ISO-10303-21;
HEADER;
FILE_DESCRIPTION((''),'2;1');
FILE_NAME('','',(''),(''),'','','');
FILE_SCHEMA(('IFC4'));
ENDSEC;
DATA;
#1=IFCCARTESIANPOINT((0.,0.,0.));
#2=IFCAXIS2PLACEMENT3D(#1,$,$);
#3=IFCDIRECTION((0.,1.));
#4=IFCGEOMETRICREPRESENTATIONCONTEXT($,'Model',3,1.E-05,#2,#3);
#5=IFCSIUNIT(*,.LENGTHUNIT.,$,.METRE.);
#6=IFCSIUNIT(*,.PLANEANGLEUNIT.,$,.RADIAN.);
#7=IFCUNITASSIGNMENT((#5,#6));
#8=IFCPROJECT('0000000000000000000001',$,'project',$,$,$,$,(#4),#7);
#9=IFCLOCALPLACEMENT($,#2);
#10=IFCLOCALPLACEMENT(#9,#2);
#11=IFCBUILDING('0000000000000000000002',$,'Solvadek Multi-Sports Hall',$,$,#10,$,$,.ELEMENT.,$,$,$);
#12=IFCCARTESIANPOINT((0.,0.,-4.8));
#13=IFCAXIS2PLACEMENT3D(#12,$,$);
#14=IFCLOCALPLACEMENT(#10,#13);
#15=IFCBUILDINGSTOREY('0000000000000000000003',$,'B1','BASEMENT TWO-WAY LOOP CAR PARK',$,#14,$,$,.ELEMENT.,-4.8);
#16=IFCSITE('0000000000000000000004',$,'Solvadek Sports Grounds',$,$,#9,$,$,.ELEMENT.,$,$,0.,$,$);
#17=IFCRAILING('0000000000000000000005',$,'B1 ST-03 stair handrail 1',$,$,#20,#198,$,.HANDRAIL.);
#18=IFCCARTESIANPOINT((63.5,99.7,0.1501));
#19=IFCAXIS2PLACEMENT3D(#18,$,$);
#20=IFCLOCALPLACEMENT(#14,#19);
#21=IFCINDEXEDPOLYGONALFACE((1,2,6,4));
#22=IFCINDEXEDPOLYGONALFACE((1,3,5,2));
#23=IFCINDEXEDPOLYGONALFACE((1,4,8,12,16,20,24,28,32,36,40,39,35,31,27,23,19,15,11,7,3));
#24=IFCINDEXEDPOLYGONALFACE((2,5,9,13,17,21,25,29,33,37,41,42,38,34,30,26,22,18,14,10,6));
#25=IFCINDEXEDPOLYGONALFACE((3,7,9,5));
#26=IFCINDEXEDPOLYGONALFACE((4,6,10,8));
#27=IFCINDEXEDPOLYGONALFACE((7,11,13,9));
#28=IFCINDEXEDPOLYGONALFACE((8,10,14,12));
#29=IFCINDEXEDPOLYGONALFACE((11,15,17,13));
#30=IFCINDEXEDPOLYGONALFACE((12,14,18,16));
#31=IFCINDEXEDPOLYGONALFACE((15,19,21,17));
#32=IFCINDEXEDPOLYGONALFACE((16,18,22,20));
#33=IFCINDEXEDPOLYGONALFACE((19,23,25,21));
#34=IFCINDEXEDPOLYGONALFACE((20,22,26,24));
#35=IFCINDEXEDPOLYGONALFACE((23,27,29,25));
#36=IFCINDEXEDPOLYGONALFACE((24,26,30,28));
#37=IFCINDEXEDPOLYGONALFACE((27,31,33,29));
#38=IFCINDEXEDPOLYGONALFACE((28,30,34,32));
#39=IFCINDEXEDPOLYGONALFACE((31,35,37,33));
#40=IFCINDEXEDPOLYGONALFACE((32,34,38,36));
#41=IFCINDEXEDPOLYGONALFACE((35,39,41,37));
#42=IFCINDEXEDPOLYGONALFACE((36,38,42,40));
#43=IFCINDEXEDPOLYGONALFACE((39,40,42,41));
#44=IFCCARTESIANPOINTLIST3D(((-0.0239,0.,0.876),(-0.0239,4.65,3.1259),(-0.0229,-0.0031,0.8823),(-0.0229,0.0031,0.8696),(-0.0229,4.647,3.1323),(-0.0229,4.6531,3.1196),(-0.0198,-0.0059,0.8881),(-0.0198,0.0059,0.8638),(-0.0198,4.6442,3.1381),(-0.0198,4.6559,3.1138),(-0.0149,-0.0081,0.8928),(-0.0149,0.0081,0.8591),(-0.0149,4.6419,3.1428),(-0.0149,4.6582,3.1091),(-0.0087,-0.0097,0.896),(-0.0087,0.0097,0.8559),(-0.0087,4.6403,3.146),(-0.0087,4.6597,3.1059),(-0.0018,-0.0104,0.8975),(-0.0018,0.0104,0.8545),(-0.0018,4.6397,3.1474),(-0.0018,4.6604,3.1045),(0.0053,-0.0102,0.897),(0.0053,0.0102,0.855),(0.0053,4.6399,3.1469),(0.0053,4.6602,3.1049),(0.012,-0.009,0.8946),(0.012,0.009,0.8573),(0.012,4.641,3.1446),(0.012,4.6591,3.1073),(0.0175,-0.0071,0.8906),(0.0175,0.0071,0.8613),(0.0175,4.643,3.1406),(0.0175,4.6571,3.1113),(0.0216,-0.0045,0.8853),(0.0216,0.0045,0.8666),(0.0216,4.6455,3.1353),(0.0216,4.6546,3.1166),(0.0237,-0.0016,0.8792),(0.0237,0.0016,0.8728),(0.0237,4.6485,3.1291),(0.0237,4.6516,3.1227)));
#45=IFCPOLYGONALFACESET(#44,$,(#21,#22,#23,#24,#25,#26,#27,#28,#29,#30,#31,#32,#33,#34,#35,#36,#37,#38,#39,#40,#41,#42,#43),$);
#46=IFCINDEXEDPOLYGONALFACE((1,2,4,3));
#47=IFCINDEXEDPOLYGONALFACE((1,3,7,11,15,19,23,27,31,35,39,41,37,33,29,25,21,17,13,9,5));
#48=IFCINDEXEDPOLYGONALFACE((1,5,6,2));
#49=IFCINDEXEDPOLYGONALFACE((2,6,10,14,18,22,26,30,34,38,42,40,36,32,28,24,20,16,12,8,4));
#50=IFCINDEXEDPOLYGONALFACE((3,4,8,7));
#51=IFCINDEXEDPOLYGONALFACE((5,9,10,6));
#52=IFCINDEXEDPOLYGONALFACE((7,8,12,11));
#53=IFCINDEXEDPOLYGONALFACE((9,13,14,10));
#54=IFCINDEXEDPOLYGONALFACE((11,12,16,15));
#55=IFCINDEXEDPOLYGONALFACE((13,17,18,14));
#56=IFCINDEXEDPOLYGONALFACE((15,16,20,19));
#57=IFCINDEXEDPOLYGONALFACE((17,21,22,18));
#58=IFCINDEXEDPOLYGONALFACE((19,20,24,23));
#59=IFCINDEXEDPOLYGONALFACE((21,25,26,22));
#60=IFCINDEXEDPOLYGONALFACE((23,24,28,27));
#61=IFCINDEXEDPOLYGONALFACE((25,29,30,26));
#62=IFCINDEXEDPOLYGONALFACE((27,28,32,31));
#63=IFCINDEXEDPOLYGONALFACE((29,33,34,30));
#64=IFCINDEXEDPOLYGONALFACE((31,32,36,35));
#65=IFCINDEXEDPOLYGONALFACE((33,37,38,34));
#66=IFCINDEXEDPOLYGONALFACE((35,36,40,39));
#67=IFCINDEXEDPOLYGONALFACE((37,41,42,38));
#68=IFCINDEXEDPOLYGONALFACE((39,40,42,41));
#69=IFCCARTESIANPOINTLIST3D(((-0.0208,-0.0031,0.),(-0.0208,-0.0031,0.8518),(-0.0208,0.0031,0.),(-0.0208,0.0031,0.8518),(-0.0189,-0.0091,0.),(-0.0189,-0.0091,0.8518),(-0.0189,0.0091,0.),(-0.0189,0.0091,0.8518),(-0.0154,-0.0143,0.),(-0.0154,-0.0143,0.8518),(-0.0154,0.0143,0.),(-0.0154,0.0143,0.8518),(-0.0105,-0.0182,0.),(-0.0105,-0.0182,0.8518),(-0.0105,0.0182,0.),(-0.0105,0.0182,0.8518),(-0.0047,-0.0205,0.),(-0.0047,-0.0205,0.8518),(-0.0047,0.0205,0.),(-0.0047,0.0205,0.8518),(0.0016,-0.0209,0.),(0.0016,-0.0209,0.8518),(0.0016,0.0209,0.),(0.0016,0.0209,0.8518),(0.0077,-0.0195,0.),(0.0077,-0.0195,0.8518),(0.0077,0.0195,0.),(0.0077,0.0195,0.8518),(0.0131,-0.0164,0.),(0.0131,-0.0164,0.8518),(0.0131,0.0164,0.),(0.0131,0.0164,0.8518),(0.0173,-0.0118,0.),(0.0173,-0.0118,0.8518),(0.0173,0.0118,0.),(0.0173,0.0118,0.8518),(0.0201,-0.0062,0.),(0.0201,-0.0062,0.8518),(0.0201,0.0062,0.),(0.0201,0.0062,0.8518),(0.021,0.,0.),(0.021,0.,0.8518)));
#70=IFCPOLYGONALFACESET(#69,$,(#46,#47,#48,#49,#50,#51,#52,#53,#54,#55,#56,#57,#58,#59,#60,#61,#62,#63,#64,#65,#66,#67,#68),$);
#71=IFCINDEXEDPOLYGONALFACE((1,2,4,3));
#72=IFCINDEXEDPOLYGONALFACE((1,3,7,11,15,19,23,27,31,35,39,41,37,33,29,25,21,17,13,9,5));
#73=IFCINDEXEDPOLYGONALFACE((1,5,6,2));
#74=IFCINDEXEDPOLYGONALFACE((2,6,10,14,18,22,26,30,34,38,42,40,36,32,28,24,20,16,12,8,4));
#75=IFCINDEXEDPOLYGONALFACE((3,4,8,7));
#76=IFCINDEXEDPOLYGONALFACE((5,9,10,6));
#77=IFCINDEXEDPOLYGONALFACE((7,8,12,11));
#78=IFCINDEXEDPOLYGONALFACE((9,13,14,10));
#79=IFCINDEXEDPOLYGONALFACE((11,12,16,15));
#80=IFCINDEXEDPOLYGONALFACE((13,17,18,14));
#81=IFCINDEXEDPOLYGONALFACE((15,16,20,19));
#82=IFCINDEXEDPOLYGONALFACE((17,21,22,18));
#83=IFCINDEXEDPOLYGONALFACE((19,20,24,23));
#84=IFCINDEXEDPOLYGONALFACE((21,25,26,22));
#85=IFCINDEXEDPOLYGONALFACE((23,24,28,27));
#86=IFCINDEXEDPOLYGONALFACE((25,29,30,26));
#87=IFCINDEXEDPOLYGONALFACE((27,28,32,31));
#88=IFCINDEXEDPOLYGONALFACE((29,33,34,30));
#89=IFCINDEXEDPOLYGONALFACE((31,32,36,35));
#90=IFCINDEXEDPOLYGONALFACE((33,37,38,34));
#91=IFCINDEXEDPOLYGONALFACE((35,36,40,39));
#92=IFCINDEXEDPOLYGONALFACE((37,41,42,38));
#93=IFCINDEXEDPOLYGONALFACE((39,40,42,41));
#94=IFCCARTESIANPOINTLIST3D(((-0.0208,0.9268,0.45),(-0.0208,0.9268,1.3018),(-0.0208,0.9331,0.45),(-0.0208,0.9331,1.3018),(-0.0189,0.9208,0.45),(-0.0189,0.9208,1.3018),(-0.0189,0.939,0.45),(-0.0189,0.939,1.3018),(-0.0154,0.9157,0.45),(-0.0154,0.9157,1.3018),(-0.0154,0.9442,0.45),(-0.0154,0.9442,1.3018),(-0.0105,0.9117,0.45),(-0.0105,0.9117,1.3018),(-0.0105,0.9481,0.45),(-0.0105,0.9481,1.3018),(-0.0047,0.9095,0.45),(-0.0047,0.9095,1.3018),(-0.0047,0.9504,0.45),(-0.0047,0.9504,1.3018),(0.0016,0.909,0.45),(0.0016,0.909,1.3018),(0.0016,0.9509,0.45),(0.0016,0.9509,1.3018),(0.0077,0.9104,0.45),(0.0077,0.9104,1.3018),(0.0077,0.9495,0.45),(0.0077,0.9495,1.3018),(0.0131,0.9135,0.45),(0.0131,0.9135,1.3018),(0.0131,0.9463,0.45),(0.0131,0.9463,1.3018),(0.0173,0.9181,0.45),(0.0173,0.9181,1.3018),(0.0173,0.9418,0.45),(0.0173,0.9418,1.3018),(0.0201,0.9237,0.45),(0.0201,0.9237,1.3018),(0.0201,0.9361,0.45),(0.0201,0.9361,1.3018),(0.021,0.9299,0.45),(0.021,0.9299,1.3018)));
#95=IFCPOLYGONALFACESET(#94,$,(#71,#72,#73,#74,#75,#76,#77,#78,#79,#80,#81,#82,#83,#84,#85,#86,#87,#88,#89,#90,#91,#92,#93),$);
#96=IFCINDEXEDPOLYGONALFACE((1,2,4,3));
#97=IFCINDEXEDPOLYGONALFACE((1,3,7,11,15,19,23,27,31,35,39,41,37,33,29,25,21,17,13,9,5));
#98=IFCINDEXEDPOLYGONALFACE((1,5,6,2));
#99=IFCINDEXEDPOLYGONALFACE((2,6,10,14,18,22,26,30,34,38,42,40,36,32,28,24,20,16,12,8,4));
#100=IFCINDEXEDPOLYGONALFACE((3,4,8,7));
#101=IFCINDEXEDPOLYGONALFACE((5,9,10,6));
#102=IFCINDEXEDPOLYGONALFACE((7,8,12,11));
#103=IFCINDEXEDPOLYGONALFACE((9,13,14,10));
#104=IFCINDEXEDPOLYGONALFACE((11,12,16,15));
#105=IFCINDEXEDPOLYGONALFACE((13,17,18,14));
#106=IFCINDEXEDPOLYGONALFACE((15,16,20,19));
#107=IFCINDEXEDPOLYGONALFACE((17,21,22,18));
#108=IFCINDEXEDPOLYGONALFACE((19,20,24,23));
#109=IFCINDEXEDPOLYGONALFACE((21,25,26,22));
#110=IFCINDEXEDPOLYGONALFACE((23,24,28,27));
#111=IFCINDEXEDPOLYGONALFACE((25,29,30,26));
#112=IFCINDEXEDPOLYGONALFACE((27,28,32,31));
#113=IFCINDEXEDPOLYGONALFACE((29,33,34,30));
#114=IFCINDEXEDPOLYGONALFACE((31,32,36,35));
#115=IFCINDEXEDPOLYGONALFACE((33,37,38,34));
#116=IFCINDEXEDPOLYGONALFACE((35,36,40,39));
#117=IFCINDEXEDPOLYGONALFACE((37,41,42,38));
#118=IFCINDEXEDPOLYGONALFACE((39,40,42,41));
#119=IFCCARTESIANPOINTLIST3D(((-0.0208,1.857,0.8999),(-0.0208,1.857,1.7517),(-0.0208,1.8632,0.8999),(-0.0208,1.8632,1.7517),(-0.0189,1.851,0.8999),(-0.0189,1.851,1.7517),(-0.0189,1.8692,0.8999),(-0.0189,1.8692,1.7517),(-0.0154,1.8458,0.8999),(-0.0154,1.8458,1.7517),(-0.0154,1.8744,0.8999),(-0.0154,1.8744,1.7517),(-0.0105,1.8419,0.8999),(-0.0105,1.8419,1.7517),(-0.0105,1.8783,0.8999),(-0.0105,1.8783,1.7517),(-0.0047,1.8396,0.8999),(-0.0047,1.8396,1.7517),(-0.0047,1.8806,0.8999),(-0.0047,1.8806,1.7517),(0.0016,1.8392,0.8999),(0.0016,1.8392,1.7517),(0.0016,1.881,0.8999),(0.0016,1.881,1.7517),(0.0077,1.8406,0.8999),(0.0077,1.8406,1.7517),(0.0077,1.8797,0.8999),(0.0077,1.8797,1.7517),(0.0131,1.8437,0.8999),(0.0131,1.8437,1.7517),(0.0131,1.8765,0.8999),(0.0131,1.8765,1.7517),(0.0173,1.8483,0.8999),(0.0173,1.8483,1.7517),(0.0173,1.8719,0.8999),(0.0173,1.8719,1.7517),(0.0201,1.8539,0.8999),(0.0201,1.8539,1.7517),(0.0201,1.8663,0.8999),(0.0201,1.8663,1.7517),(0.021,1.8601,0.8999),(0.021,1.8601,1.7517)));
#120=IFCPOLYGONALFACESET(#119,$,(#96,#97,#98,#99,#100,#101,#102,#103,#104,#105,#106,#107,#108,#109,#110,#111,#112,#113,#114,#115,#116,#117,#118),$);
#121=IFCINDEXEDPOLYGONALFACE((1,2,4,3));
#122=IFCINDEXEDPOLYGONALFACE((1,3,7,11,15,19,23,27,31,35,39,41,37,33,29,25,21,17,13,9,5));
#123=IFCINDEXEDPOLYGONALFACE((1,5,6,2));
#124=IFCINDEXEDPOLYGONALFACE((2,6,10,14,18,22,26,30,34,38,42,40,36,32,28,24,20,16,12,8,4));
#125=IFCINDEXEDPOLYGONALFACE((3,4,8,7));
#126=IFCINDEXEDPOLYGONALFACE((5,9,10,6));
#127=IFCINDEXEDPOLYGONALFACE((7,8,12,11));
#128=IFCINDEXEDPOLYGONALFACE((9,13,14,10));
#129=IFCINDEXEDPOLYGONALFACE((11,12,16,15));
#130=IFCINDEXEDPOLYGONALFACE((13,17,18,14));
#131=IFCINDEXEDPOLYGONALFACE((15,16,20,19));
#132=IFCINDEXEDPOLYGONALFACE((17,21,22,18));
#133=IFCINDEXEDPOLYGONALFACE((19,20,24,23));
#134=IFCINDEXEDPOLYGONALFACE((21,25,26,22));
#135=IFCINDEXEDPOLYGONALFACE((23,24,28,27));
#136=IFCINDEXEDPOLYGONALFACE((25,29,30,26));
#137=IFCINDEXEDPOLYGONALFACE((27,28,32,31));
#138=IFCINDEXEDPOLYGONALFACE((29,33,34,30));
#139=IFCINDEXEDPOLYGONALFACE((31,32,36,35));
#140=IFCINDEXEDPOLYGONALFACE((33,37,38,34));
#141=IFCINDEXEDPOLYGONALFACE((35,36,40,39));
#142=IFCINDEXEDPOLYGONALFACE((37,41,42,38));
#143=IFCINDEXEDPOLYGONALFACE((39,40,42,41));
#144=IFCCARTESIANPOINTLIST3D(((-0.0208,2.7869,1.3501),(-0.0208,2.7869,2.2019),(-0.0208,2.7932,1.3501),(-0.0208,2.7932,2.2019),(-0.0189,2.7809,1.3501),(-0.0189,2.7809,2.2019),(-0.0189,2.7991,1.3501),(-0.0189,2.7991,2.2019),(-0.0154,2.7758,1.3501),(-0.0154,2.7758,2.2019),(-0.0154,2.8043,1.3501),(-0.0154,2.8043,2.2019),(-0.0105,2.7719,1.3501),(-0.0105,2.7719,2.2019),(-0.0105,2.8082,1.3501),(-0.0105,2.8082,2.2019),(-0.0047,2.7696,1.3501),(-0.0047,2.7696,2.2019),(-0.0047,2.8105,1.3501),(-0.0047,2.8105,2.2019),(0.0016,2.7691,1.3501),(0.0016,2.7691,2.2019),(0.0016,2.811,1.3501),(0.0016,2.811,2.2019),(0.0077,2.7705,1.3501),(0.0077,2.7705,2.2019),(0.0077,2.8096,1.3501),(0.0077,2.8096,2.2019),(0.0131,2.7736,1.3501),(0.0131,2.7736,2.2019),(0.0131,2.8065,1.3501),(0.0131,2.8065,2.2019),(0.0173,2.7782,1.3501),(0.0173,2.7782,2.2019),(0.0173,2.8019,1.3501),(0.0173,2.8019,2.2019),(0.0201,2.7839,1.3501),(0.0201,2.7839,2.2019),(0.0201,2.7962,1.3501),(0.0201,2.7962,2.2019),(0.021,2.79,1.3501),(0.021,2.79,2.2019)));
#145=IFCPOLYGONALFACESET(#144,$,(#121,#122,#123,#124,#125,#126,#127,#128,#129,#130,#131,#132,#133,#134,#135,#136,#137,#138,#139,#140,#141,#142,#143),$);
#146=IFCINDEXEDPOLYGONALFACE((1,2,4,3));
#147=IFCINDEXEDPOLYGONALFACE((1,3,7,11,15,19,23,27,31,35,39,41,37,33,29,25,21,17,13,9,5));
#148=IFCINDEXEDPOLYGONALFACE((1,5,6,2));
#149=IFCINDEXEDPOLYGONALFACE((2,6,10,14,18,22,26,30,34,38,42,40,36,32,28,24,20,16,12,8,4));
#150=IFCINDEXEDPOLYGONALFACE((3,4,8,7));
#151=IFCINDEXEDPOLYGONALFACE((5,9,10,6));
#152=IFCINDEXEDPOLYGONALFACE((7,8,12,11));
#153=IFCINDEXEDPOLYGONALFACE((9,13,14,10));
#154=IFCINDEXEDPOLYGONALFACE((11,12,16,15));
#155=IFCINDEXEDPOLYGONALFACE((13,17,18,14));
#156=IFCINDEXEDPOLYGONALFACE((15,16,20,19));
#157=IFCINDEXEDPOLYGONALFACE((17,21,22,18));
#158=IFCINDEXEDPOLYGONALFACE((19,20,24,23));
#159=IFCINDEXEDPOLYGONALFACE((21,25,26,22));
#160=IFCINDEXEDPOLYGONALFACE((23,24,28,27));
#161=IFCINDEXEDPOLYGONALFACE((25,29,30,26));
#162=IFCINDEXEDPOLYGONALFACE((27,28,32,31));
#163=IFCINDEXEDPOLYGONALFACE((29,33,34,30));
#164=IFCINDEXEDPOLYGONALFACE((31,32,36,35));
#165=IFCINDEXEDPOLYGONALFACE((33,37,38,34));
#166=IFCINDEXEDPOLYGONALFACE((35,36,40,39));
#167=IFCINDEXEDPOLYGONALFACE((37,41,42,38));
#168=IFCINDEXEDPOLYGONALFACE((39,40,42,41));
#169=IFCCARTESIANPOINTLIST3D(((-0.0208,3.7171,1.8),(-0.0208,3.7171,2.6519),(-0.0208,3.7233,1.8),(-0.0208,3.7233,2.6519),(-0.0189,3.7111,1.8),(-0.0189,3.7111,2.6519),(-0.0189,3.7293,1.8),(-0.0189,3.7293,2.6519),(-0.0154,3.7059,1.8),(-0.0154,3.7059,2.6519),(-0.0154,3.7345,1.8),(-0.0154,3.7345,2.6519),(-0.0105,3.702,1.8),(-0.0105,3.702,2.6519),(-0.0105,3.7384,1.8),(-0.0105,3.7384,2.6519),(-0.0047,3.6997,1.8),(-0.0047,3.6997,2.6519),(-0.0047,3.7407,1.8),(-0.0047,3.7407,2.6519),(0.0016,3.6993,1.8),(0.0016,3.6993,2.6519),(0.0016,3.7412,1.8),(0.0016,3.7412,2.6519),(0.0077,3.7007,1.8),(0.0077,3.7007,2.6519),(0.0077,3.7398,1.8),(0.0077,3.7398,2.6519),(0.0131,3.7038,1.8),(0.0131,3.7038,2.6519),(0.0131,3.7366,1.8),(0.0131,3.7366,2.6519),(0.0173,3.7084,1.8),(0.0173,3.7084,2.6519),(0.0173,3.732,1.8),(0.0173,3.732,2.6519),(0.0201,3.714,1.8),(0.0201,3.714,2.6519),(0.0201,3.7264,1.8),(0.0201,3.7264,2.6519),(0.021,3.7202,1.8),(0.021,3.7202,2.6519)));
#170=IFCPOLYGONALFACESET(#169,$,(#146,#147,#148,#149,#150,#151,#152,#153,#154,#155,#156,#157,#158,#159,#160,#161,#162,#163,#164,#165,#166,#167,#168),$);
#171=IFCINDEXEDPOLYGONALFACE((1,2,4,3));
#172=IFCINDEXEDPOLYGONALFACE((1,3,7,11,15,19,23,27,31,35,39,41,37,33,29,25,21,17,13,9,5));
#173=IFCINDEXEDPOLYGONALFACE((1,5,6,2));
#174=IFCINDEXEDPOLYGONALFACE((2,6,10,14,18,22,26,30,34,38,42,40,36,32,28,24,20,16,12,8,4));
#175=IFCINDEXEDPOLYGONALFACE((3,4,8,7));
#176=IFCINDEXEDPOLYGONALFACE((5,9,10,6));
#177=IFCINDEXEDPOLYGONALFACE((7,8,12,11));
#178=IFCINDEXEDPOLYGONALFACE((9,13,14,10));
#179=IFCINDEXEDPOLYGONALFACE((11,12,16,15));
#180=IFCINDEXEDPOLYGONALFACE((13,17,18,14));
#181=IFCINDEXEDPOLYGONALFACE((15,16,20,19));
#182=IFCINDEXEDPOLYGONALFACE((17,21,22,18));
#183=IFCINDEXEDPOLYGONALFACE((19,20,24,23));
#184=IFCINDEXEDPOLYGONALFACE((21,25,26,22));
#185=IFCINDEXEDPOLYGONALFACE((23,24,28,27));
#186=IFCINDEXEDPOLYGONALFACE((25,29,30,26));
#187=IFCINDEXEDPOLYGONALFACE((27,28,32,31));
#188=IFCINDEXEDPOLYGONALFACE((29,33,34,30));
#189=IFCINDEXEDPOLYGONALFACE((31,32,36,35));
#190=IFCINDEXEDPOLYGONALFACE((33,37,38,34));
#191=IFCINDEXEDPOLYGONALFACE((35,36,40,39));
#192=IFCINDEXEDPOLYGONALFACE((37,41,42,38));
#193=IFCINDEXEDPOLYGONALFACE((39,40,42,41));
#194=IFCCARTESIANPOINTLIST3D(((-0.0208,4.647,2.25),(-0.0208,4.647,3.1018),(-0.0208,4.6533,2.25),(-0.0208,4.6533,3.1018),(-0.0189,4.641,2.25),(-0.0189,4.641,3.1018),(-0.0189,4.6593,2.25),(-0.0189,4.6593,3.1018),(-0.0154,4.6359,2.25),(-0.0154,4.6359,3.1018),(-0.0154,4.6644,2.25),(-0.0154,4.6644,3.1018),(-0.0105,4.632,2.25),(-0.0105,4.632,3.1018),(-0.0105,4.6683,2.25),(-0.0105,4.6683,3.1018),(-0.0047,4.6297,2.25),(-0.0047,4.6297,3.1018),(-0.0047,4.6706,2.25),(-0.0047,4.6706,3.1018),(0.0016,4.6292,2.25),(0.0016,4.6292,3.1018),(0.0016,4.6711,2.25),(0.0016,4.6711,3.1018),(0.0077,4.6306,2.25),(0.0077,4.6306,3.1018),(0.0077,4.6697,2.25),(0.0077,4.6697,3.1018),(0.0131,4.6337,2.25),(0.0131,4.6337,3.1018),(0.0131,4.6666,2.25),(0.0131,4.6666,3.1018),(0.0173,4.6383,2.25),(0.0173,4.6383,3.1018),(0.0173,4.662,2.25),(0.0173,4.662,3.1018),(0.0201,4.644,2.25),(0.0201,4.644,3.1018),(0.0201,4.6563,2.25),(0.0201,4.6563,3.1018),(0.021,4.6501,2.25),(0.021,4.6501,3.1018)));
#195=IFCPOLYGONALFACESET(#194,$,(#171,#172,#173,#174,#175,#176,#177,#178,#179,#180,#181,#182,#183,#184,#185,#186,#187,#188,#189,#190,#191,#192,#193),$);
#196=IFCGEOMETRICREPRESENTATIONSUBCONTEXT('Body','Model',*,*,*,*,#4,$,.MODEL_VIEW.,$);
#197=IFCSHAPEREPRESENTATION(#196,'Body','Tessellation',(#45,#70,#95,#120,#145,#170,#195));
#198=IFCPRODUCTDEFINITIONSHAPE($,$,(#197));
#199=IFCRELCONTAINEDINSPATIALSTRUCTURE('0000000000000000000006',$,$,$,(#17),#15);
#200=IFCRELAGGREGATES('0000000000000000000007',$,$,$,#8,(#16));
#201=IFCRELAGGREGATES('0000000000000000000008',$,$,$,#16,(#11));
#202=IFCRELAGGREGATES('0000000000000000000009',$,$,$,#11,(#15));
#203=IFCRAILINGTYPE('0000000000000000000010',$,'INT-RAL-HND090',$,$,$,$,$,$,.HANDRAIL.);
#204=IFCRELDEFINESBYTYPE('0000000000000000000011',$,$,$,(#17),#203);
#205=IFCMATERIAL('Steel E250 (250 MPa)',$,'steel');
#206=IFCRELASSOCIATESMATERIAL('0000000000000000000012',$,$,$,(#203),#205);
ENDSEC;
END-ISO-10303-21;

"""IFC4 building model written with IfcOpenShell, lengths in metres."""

from ifc_helpers import new_model, si_unit, direction, frame, origin, origin_2d, place, context, subcontext, project, spatial, circle, extrude, material, type_object, element, save


model = new_model("IFC4")

# Units and contexts
model_context = context("Model", 3, precision=1e-05, world=origin(), true_north=direction((0.0, 1.0)))
body_context = subcontext(model_context, "Body", "Model", "MODEL_VIEW")
ifc_project = project(units=[si_unit("LENGTHUNIT", "METRE"), si_unit("PLANEANGLEUNIT", "RADIAN")], contexts=[model_context])

# Site, building, storey
site_placement = place(None, origin())
site = spatial("IfcSite", under=ifc_project, at=site_placement, Name="Solvadek Sports Grounds", CompositionType="ELEMENT", RefElevation=0.0)
building_placement = place(site_placement, origin())
building = spatial("IfcBuilding", under=site, at=building_placement, Name="Solvadek Multi-Sports Hall", CompositionType="ELEMENT")
storey_placement = place(building_placement, frame((0.0, 0.0, -4.8)))
storey = spatial("IfcBuildingStorey", under=building, at=storey_placement, Name="B1", Description="BASEMENT TWO-WAY LOOP CAR PARK", CompositionType="ELEMENT", Elevation=-4.8)

# Shared definitions
ifc_material_1 = material(Name="Steel E250 (250 MPa)", Category="steel")

# Railing
railing_type_1 = type_object("IfcRailingType", Name="INT-RAL-HND090", PredefinedType="HANDRAIL", material=ifc_material_1)
railing_1_placement = place(storey_placement, frame((63.5, 99.7, 0.1501)))
element("IfcRailing", 1, at=railing_1_placement, inside=storey, type_object=railing_type_1, Name="B1 ST-03 stair handrail 1", PredefinedType="HANDRAIL", context=body_context, shape_type="SweptSolid", body=[
    extrude(circle(Radius=0.0239, at=origin_2d()), frame((0.0, 0.0, 0.876), z_axis=(0.0, 0.900165, 0.43555), x_axis=(-1.0, 0.0, 0.0)), (0.0, 0.0, 1.0), 5.1658),
    extrude(circle(Radius=0.021, at=origin_2d()), origin(), (0.0, 0.0, 1.0), 0.8518),
    extrude(circle(Radius=0.021, at=origin_2d()), frame((0.0, 0.9299, 0.45)), (0.0, 0.0, 1.0), 0.8518),
    extrude(circle(Radius=0.021, at=origin_2d()), frame((0.0, 1.8601, 0.8999)), (0.0, 0.0, 1.0), 0.8518),
    extrude(circle(Radius=0.021, at=origin_2d()), frame((0.0, 2.79, 1.3501)), (0.0, 0.0, 1.0), 0.8518),
    extrude(circle(Radius=0.021, at=origin_2d()), frame((0.0, 3.7202, 1.8)), (0.0, 0.0, 1.0), 0.8518),
    extrude(circle(Radius=0.021, at=origin_2d()), frame((0.0, 4.6501, 2.25)), (0.0, 0.0, 1.0), 0.8518),
])

save(model, "model.ifc")
